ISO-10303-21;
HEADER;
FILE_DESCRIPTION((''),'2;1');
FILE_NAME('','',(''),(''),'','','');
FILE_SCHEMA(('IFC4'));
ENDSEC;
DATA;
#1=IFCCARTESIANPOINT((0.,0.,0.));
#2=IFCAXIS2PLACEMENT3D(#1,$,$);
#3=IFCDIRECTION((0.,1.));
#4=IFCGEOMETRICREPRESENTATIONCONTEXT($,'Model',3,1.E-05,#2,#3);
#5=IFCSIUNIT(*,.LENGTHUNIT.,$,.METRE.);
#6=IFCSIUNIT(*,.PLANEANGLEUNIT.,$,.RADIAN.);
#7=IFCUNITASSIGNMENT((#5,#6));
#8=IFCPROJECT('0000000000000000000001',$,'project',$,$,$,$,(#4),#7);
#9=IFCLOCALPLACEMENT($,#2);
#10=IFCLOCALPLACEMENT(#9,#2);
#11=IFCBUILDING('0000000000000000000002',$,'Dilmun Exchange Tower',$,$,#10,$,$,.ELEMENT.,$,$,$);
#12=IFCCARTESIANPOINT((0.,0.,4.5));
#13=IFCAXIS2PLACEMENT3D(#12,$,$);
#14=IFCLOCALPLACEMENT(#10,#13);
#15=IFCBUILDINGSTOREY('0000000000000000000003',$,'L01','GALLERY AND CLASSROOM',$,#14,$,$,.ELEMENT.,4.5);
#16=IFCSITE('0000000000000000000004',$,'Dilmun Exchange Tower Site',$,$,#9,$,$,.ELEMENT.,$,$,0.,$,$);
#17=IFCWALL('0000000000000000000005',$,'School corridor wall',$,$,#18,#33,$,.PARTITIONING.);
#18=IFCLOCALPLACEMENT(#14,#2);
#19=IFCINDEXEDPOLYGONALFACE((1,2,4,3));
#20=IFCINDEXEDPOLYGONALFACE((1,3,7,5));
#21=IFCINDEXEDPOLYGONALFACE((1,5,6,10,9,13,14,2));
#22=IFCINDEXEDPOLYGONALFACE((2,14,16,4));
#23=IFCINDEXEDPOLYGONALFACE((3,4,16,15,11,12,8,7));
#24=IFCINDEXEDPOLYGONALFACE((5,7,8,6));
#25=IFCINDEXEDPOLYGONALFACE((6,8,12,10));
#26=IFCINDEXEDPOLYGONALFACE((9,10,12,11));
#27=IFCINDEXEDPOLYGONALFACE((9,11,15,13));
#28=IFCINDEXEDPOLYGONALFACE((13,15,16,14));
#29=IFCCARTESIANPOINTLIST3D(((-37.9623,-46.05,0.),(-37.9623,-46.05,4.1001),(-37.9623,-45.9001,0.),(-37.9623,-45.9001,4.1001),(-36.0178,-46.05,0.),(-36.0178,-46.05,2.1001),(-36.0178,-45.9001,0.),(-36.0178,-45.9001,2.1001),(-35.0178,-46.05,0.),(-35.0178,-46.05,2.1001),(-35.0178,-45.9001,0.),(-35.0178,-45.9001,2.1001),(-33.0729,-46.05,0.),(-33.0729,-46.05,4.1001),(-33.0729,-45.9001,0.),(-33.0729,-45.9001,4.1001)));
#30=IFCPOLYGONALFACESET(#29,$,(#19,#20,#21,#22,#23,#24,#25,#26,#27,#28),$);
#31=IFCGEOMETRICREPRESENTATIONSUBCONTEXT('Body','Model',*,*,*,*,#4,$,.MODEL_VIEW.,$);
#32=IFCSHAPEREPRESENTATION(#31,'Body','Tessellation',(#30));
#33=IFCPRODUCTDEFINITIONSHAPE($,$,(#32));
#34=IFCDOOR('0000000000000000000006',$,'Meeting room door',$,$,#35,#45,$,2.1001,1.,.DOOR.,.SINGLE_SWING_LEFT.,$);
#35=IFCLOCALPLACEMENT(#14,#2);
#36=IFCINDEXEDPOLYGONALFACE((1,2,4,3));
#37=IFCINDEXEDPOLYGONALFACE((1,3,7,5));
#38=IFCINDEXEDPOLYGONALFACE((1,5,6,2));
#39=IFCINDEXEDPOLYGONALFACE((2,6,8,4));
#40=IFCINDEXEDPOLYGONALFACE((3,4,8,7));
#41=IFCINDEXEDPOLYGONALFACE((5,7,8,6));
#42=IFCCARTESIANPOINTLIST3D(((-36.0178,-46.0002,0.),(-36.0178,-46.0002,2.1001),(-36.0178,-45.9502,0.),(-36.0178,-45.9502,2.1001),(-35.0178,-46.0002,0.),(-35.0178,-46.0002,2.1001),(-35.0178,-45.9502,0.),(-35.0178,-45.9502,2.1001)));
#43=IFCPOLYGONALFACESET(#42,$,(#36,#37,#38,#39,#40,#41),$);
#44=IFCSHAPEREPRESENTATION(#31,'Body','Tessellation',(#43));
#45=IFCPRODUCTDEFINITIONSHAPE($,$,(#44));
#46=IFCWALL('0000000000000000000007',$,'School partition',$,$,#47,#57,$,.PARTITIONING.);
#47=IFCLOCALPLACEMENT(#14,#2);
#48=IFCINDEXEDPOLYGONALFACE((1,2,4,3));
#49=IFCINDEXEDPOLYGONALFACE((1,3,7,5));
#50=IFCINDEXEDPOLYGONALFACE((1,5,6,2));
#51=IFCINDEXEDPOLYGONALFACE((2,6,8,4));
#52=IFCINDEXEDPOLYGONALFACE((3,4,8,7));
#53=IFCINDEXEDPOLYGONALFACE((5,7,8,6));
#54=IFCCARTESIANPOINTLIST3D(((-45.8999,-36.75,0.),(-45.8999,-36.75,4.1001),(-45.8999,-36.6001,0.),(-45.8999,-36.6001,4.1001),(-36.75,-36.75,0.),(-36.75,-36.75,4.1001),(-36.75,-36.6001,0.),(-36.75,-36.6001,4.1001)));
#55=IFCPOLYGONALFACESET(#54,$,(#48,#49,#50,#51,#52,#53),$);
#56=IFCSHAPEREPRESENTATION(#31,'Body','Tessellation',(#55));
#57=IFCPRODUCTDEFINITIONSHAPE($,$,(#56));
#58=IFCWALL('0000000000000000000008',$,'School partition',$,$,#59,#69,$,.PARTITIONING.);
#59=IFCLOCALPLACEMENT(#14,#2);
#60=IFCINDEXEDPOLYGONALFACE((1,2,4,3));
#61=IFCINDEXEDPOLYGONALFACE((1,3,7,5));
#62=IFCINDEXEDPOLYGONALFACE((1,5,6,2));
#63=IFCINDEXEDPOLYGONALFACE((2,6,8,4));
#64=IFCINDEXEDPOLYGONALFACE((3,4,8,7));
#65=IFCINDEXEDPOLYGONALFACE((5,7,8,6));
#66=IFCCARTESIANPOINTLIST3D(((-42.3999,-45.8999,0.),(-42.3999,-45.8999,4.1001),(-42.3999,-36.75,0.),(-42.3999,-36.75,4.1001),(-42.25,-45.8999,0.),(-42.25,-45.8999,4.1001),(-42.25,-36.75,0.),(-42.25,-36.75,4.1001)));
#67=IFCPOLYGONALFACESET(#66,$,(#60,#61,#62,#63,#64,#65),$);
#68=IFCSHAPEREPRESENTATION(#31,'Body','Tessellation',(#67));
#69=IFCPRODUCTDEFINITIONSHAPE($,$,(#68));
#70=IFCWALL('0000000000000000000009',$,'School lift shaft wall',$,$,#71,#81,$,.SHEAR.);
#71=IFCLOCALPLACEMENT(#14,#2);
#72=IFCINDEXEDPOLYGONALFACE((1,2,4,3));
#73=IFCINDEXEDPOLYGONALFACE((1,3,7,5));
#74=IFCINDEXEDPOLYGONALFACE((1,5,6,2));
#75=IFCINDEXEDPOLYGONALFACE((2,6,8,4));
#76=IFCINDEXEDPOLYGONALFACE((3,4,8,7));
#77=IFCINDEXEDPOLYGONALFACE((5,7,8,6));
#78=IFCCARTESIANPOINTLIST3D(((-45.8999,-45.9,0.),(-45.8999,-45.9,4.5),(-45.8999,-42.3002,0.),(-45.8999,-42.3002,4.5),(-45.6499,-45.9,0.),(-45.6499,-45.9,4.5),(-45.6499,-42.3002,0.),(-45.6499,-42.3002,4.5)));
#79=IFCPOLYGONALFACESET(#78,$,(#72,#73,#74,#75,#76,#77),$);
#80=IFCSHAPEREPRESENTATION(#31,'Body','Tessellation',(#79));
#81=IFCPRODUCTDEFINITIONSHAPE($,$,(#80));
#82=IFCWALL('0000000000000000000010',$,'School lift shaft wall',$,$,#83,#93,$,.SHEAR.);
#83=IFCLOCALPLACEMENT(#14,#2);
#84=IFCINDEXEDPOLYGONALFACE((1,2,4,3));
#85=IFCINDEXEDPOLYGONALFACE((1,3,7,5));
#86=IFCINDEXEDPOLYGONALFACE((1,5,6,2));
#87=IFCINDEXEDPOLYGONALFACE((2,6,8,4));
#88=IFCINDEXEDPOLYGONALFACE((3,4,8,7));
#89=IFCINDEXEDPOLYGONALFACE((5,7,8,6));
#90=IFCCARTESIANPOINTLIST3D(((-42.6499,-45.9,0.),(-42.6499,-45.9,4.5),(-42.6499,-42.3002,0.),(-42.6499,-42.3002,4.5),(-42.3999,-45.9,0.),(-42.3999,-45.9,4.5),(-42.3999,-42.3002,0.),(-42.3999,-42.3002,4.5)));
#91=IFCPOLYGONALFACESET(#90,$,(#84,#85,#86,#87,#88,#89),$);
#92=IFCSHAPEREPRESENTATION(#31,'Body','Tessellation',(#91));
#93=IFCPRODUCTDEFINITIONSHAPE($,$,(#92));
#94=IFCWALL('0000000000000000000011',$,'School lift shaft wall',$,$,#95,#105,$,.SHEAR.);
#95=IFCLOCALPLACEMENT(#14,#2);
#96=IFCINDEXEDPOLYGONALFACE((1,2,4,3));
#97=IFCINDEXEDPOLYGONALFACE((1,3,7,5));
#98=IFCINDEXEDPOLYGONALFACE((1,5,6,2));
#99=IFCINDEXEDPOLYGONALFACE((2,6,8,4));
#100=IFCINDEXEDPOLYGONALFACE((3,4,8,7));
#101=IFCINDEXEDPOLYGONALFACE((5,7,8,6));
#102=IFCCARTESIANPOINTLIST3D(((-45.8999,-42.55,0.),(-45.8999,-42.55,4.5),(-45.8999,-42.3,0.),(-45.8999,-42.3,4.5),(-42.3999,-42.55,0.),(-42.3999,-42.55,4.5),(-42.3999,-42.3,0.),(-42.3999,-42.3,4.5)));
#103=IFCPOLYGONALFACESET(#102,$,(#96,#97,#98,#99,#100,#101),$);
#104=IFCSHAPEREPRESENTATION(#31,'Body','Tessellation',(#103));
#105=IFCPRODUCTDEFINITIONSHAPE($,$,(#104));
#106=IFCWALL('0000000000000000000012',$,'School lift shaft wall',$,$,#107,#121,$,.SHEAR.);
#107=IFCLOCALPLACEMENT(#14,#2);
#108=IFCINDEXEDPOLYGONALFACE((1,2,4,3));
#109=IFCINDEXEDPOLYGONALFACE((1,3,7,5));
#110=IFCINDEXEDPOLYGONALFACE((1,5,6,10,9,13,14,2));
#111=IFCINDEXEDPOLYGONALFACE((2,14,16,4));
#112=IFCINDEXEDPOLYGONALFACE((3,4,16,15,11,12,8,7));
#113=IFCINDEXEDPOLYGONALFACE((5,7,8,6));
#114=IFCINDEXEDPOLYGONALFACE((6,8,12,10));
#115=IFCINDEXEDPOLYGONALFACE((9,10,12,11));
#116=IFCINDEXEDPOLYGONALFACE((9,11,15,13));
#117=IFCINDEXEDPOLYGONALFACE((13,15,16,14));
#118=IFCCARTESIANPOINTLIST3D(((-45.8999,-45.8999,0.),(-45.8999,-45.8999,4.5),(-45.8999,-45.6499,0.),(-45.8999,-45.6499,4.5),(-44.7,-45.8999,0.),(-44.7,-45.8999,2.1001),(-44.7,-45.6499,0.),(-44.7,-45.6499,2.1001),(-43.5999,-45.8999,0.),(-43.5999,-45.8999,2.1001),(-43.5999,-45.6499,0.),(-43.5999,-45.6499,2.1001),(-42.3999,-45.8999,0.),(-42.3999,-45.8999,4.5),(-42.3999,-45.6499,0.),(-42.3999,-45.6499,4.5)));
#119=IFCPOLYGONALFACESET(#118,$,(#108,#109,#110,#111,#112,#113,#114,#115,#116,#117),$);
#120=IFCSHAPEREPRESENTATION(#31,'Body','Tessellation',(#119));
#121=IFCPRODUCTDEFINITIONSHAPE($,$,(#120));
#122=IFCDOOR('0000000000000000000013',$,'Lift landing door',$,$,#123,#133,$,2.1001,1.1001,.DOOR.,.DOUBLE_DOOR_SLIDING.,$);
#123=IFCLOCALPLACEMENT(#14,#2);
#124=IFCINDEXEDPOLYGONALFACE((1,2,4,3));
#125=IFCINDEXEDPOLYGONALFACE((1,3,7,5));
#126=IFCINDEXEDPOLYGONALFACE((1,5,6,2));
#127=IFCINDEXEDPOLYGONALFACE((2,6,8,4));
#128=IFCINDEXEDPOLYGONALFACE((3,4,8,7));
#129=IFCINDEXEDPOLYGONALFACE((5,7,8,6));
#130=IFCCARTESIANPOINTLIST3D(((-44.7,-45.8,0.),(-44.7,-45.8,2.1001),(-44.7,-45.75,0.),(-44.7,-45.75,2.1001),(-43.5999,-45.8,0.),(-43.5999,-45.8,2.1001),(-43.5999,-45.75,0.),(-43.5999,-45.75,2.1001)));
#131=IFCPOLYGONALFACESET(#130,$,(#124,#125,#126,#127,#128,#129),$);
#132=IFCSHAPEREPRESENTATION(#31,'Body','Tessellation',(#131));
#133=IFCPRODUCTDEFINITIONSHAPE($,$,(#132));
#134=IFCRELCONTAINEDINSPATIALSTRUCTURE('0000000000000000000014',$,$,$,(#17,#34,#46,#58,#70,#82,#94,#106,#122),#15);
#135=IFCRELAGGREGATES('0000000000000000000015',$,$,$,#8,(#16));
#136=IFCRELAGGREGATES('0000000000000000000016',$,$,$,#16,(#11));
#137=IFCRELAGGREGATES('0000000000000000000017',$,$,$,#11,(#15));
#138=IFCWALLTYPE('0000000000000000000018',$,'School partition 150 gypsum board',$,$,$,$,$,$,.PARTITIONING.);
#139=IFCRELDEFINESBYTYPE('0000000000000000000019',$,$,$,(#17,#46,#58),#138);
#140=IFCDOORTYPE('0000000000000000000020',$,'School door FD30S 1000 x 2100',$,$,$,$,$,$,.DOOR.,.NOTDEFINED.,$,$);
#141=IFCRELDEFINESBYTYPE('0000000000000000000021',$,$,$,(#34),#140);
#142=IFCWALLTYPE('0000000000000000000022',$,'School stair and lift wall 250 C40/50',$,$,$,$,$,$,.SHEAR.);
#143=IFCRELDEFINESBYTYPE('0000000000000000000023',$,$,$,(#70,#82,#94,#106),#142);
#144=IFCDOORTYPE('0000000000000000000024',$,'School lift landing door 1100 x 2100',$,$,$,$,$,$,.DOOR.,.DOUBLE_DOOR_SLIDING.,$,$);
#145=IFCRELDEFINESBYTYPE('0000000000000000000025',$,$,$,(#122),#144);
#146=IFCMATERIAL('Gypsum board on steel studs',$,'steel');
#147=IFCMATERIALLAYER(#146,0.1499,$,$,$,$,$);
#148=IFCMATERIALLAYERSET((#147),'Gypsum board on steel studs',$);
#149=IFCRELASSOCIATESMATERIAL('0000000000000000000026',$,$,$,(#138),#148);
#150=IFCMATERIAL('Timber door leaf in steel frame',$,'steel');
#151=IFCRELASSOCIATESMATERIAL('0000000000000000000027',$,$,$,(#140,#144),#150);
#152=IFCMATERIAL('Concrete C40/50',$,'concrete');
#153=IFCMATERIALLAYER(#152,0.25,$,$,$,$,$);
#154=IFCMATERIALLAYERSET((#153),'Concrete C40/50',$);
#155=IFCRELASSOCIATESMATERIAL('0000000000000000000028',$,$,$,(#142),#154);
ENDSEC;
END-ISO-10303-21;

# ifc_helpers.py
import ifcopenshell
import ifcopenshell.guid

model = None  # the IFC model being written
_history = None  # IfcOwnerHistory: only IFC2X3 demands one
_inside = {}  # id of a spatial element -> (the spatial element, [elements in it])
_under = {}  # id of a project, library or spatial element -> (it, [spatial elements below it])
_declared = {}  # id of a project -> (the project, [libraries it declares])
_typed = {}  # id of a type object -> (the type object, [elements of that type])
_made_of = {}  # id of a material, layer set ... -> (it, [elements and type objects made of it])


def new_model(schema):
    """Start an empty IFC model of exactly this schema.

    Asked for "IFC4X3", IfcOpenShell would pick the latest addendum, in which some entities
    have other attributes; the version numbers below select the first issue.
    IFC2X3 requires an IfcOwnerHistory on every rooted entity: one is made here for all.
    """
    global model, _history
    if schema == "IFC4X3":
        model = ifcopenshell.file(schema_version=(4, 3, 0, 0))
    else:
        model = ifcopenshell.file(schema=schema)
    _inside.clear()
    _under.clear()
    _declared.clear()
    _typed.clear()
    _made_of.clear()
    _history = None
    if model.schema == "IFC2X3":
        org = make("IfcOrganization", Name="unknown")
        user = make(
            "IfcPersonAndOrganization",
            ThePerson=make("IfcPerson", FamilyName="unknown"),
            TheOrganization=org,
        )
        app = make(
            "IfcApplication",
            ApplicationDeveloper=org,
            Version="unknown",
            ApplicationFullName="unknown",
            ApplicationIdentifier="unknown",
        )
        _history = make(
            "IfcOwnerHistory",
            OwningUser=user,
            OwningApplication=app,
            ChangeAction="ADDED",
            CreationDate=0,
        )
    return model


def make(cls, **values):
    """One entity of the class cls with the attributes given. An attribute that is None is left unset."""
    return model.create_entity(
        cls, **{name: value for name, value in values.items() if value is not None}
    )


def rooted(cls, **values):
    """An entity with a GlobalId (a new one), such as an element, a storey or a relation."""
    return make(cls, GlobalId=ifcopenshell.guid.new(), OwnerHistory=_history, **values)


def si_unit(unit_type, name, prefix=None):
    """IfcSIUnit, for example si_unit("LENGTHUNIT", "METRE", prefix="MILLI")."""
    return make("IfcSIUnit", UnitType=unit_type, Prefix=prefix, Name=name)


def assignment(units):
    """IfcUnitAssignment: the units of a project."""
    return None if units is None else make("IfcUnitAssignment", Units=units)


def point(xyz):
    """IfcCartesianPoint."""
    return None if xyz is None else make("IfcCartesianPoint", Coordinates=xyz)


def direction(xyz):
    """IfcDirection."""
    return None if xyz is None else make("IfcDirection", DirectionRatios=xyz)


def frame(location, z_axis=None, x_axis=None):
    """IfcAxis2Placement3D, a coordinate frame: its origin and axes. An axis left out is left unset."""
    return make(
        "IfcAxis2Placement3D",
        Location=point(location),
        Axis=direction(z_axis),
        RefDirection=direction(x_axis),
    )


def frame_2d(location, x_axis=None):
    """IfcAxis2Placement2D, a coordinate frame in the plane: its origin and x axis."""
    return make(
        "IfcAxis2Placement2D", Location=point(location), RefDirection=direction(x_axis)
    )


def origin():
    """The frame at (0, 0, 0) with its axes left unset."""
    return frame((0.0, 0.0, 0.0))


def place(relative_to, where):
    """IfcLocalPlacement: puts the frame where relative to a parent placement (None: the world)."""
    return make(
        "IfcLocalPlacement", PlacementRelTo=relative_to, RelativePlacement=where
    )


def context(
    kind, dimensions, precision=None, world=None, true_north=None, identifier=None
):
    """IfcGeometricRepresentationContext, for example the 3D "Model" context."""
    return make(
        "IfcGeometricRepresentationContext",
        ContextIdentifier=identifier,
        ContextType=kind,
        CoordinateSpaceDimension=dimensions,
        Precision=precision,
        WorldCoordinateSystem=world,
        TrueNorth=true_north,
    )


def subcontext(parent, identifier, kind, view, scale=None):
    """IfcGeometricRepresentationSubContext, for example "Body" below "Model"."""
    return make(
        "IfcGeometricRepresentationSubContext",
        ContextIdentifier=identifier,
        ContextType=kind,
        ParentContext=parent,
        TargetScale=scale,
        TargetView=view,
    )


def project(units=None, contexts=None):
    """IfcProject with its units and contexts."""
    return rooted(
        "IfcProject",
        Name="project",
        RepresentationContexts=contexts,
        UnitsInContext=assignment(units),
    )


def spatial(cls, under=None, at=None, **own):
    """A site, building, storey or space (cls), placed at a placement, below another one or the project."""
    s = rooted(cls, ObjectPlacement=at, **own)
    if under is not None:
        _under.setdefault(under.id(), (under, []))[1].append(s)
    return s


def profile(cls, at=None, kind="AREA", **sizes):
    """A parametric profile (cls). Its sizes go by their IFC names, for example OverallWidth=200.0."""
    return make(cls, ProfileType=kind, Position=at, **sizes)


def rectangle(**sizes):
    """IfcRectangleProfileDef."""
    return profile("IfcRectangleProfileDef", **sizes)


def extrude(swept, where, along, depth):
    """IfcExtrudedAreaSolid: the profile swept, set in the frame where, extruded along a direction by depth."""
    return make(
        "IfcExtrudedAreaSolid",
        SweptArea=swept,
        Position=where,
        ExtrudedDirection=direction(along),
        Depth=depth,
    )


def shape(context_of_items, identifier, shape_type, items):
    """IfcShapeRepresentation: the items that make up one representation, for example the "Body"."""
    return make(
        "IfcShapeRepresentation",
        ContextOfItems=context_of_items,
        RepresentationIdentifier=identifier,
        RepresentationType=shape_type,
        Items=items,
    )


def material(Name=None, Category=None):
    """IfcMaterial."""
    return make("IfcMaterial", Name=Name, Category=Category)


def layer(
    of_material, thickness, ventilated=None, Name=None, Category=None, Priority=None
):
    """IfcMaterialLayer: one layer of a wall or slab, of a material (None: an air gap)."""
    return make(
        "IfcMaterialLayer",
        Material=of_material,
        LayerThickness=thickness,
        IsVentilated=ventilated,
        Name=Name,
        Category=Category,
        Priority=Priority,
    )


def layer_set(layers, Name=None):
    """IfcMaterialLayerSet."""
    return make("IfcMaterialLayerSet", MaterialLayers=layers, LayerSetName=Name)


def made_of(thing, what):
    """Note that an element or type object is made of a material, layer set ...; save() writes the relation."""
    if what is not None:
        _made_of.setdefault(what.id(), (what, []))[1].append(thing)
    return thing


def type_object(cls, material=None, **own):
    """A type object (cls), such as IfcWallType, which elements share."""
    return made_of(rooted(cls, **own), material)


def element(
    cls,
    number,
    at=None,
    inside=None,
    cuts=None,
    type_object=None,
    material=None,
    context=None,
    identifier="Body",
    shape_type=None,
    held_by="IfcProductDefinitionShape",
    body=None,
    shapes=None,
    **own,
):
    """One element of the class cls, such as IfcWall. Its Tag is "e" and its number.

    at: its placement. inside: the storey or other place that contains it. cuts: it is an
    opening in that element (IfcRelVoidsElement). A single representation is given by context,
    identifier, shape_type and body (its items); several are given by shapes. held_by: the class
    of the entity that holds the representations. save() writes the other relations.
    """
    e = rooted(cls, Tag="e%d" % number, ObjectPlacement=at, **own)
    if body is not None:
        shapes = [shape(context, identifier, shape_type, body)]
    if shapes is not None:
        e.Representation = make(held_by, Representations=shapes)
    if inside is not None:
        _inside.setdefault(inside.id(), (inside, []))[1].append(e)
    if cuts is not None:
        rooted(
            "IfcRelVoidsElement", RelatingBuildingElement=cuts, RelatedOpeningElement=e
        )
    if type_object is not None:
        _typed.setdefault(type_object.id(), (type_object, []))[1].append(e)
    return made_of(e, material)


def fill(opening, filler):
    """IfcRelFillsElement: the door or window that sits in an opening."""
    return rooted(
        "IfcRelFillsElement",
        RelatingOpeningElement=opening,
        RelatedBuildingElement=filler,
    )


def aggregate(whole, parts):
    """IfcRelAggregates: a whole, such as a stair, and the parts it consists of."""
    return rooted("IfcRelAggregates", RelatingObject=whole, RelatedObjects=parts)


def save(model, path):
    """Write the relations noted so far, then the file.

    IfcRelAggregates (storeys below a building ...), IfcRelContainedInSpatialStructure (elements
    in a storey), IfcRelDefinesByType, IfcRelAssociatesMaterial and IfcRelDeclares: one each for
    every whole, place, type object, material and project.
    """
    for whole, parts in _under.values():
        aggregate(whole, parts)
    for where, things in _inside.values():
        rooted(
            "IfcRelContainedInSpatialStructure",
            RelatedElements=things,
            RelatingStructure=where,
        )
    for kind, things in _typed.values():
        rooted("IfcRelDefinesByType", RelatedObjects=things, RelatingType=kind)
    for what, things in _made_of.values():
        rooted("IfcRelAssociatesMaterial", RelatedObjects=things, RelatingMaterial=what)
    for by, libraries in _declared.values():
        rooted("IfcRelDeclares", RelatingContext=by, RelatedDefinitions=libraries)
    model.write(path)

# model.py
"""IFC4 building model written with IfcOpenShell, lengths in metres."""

from ifc_helpers import new_model, si_unit, direction, frame, frame_2d, origin, place, context, subcontext, project, spatial, rectangle, extrude, material, layer, layer_set, type_object, element, fill, save


model = new_model("IFC4")

# Units and contexts
model_context = context("Model", 3, precision=1e-05, world=origin(), true_north=direction((0.0, 1.0)))
body_context = subcontext(model_context, "Body", "Model", "MODEL_VIEW")
ifc_project = project(units=[si_unit("LENGTHUNIT", "METRE"), si_unit("PLANEANGLEUNIT", "RADIAN")], contexts=[model_context])

# Site, building, storey
site_placement = place(None, origin())
site = spatial("IfcSite", under=ifc_project, at=site_placement, Name="Dilmun Exchange Tower Site", CompositionType="ELEMENT", RefElevation=0.0)
building_placement = place(site_placement, origin())
building = spatial("IfcBuilding", under=site, at=building_placement, Name="Dilmun Exchange Tower", CompositionType="ELEMENT")
storey_placement = place(building_placement, frame((0.0, 0.0, 4.5)))
storey = spatial("IfcBuildingStorey", under=building, at=storey_placement, Name="L01", Description="GALLERY AND CLASSROOM", CompositionType="ELEMENT", Elevation=4.5)

# Shared definitions
ifc_material_1 = material(Name="Concrete C40/50", Category="concrete")

# Shared definitions
ifc_material_2 = material(Name="Gypsum board on steel studs", Category="steel")
ifc_layer_1 = layer(ifc_material_2, 0.1499)
ifc_layer_set_1 = layer_set([ifc_layer_1], Name="Gypsum board on steel studs")
wall_type_1 = type_object("IfcWallType", Name="School partition 150 gypsum board", PredefinedType="PARTITIONING", material=ifc_layer_set_1)

# Wall, opening, door
ifc_material_3 = material(Name="Timber door leaf in steel frame", Category="steel")
door_type_1 = type_object("IfcDoorType", Name="School door FD30S 1000 x 2100", OperationType="NOTDEFINED", PredefinedType="DOOR", material=ifc_material_3)
wall_1_placement = place(storey_placement, frame((-37.9624, -45.9751, 0.0), z_axis=(0.0, 0.0, 1.0), x_axis=(1.0, 0.0, 0.0)))
wall_1 = element("IfcWall", 1, at=wall_1_placement, inside=storey, type_object=wall_type_1, Name="School corridor wall", PredefinedType="PARTITIONING", context=body_context, shape_type="SweptSolid", body=[
    extrude(rectangle(XDim=4.8894, YDim=0.1499, at=frame_2d((2.4448, 0.0))), origin(), (0.0, 0.0, 1.0), 4.1001),
])
opening_1_placement = place(wall_1_placement, frame((1.9446, 0.0, 0.0)))
opening_1 = element("IfcOpeningElement", 2, at=opening_1_placement, cuts=wall_1, PredefinedType="OPENING", context=body_context, shape_type="SweptSolid", body=[
    extrude(rectangle(XDim=1.0, YDim=2.1001, at=frame_2d((0.5, 1.05))), frame((0.0, 0.085, 0.0), z_axis=(0.0, -1.0, 0.0), x_axis=(1.0, 0.0, 0.0)), (0.0, 0.0, 1.0), 0.1699),
])
door_1_placement = place(opening_1_placement, origin())
door_1 = element("IfcDoor", 3, at=door_1_placement, inside=storey, type_object=door_type_1, Name="Meeting room door", OperationType="SINGLE_SWING_LEFT", OverallHeight=2.1001, OverallWidth=1.0, PredefinedType="DOOR", context=body_context, shape_type="SweptSolid", body=[
    extrude(rectangle(XDim=1.0, YDim=2.1001, at=frame_2d((0.5, 1.05))), frame((0.0, 0.0249, 0.0), z_axis=(0.0, -1.0, 0.0), x_axis=(1.0, 0.0, 0.0)), (0.0, 0.0, 1.0), 0.05),
])
fill(opening_1, door_1)

# Walls
for number, where, z_axis, x_axis, name in (
    (4, (-45.8999, -36.675, 0.0), (0.0, 0.0, 1.0), (1.0, 0.0, 0.0), "School partition"),
    (5, (-42.325, -45.8999, 0.0), (0.0, 0.0, 1.0), (0.0, 1.0, 0.0), "School partition"),
):
    element("IfcWall", number, at=place(storey_placement, frame(where, z_axis=z_axis, x_axis=x_axis)), inside=storey, type_object=wall_type_1, Name=name, PredefinedType="PARTITIONING", context=body_context, shape_type="SweptSolid", body=[
        extrude(rectangle(XDim=9.1499, YDim=0.1499, at=frame_2d((4.575, 0.0))), origin(), (0.0, 0.0, 1.0), 4.1001),
    ])
ifc_layer_2 = layer(ifc_material_1, 0.25)
ifc_layer_set_2 = layer_set([ifc_layer_2], Name="Concrete C40/50")
wall_type_2 = type_object("IfcWallType", Name="School stair and lift wall 250 C40/50", PredefinedType="SHEAR", material=ifc_layer_set_2)
for number, where, z_axis, x_axis, name in (
    (6, (-45.7749, -45.8999, 0.0), (0.0, 0.0, 1.0), (0.0, 1.0, 0.0), "School lift shaft wall"),
    (7, (-42.5249, -45.8999, 0.0), (0.0, 0.0, 1.0), (0.0, 1.0, 0.0), "School lift shaft wall"),
):
    element("IfcWall", number, at=place(storey_placement, frame(where, z_axis=z_axis, x_axis=x_axis)), inside=storey, type_object=wall_type_2, Name=name, PredefinedType="SHEAR", context=body_context, shape_type="SweptSolid", body=[
        extrude(rectangle(XDim=3.5999, YDim=0.25, at=frame_2d((1.7998, 0.0))), origin(), (0.0, 0.0, 1.0), 4.5),
    ])
wall_2_placement = place(storey_placement, frame((-45.8999, -42.425, 0.0), z_axis=(0.0, 0.0, 1.0), x_axis=(1.0, 0.0, 0.0)))
element("IfcWall", 8, at=wall_2_placement, inside=storey, type_object=wall_type_2, Name="School lift shaft wall", PredefinedType="SHEAR", context=body_context, shape_type="SweptSolid", body=[
    extrude(rectangle(XDim=3.5, YDim=0.25, at=frame_2d((1.75, 0.0))), origin(), (0.0, 0.0, 1.0), 4.5),
])

# Wall, opening, door
wall_3_placement = place(storey_placement, frame((-45.8999, -45.7749, 0.0), z_axis=(0.0, 0.0, 1.0), x_axis=(1.0, 0.0, 0.0)))
wall_3 = element("IfcWall", 9, at=wall_3_placement, inside=storey, type_object=wall_type_2, Name="School lift shaft wall", PredefinedType="SHEAR", context=body_context, shape_type="SweptSolid", body=[
    extrude(rectangle(XDim=3.5, YDim=0.25, at=frame_2d((1.75, 0.0))), origin(), (0.0, 0.0, 1.0), 4.5),
])
opening_2_placement = place(wall_3_placement, frame((1.2, 0.0, 0.0)))
opening_2 = element("IfcOpeningElement", 10, at=opening_2_placement, cuts=wall_3, PredefinedType="OPENING", context=body_context, shape_type="SweptSolid", body=[
    extrude(rectangle(XDim=1.1001, YDim=2.1001, at=frame_2d((0.55, 1.05))), frame((0.0, 0.135, 0.0), z_axis=(0.0, -1.0, 0.0), x_axis=(1.0, 0.0, 0.0)), (0.0, 0.0, 1.0), 0.27),
])
door_type_2 = type_object("IfcDoorType", Name="School lift landing door 1100 x 2100", OperationType="DOUBLE_DOOR_SLIDING", PredefinedType="DOOR", material=ifc_material_3)
door_2_placement = place(opening_2_placement, origin())
door_2 = element("IfcDoor", 11, at=door_2_placement, inside=storey, type_object=door_type_2, Name="Lift landing door", OperationType="DOUBLE_DOOR_SLIDING", OverallHeight=2.1001, OverallWidth=1.1001, PredefinedType="DOOR", context=body_context, shape_type="SweptSolid", body=[
    extrude(rectangle(XDim=1.1001, YDim=2.1001, at=frame_2d((0.55, 1.05))), frame((0.0, 0.0249, 0.0), z_axis=(0.0, -1.0, 0.0), x_axis=(1.0, 0.0, 0.0)), (0.0, 0.0, 1.0), 0.05),
])
fill(opening_2, door_2)

save(model, "model.ifc")
